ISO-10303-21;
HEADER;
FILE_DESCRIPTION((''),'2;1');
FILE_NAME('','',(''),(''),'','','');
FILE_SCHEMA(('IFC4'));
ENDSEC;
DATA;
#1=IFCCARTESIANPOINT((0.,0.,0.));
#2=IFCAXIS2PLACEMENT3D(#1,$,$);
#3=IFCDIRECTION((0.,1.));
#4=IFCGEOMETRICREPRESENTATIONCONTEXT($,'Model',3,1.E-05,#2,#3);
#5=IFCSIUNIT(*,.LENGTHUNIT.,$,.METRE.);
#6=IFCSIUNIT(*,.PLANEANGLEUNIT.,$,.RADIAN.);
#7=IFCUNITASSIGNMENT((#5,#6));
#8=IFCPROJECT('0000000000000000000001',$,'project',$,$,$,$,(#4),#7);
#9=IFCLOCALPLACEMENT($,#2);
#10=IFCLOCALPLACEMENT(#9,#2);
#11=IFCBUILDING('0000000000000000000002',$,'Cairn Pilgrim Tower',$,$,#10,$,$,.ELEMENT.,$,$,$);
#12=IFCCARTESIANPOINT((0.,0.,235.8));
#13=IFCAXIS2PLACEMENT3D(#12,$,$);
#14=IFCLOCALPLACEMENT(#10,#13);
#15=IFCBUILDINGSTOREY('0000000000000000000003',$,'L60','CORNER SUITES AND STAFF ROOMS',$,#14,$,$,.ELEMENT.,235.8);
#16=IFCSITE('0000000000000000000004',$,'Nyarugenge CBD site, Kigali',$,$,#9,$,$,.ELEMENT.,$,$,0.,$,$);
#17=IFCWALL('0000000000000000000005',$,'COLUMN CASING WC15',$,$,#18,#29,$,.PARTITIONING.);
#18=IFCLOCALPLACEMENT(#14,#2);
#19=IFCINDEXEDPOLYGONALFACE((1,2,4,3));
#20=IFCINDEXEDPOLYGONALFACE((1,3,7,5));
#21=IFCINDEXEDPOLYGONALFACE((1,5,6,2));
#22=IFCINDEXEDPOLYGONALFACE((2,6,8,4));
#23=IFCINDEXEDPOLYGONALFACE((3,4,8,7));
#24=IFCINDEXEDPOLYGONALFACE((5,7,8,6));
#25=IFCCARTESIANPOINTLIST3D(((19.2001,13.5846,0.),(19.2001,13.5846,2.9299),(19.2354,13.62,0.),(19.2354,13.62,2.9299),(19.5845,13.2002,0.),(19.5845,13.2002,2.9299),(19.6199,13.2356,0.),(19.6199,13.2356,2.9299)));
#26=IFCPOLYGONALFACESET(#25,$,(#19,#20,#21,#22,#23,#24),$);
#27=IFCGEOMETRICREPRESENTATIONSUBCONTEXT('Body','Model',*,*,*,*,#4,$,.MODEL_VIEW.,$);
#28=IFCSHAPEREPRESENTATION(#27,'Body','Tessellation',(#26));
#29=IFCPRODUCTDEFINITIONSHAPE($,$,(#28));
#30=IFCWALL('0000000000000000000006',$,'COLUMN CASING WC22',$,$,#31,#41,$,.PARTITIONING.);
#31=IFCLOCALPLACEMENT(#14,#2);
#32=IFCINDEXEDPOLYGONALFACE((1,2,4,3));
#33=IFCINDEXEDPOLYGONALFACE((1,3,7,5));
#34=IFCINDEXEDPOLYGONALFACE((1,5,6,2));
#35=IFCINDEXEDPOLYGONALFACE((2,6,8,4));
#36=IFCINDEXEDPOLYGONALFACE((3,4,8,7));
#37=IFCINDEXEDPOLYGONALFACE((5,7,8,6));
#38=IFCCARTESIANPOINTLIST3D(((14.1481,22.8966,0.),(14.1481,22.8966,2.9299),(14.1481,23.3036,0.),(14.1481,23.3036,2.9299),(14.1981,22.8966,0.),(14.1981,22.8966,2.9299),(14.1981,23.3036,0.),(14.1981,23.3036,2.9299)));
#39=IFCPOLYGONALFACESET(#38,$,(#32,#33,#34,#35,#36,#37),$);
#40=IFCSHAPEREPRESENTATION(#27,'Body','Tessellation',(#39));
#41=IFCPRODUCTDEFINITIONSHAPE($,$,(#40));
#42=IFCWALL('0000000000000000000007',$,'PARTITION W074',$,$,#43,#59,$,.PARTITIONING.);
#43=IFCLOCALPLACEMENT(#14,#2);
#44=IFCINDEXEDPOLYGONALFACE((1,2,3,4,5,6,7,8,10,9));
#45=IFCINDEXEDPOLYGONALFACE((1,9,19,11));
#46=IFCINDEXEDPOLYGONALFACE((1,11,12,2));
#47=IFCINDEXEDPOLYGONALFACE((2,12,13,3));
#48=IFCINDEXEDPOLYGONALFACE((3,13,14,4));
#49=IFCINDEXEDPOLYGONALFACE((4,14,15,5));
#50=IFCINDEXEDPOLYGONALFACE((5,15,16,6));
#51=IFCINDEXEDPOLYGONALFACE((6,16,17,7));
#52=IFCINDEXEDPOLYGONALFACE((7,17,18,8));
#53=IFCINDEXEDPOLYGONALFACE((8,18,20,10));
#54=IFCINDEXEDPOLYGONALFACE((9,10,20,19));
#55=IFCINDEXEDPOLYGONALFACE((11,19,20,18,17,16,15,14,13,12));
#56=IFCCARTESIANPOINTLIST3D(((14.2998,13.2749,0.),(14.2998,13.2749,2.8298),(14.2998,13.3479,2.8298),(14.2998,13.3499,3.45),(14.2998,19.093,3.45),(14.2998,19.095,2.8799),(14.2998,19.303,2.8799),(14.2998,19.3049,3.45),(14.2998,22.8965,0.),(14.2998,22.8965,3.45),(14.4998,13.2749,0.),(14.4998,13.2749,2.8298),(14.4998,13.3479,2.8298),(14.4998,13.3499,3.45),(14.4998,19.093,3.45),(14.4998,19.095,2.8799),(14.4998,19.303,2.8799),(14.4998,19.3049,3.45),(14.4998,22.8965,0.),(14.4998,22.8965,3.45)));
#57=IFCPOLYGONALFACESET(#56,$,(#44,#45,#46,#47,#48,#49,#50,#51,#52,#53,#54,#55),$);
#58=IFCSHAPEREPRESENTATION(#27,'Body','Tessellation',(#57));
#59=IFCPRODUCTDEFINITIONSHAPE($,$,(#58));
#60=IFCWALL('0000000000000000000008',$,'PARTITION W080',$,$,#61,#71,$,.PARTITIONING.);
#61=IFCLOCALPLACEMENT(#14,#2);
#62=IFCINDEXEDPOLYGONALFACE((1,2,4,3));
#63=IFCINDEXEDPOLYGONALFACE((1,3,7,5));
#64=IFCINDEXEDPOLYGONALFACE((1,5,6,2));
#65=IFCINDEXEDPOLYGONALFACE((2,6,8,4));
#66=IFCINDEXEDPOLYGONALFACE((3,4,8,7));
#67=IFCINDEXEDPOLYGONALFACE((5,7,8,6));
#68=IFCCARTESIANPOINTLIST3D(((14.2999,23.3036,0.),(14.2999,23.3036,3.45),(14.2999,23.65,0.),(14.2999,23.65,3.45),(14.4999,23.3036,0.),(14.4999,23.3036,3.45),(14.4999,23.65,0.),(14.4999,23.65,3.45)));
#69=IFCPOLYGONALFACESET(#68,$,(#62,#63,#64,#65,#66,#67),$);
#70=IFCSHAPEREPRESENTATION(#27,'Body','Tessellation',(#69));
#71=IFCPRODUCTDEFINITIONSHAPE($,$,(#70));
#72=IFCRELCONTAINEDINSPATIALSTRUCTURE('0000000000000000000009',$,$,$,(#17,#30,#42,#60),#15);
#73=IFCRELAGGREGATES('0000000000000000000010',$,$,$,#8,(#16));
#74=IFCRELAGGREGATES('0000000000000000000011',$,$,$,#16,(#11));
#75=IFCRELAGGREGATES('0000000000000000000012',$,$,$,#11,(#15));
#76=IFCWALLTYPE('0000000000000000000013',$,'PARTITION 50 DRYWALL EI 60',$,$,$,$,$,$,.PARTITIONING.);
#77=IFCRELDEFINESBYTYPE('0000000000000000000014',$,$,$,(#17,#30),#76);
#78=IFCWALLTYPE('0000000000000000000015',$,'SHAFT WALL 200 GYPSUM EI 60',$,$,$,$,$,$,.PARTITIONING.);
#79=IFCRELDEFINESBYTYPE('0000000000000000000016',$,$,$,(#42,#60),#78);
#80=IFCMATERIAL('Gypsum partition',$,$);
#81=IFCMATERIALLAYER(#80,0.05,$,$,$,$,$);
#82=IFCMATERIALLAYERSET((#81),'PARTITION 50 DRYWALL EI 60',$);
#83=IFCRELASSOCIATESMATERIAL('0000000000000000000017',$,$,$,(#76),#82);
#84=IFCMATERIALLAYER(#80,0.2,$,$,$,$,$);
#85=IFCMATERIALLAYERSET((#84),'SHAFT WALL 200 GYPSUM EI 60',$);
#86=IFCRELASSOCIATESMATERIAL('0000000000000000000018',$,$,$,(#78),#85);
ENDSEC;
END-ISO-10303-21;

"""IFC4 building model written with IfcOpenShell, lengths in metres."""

from ifc_helpers import new_model, si_unit, direction, frame, frame_2d, origin, place, context, subcontext, project, spatial, polyline, rectangle, outline, extrude, material, layer, layer_set, type_object, element, save


model = new_model("IFC4")

# Units and contexts
model_context = context("Model", 3, precision=1e-05, world=origin(), true_north=direction((0.0, 1.0)))
body_context = subcontext(model_context, "Body", "Model", "MODEL_VIEW")
ifc_project = project(units=[si_unit("LENGTHUNIT", "METRE"), si_unit("PLANEANGLEUNIT", "RADIAN")], contexts=[model_context])

# Site, building, storey
site_placement = place(None, origin())
site = spatial("IfcSite", under=ifc_project, at=site_placement, Name="Nyarugenge CBD site, Kigali", CompositionType="ELEMENT", RefElevation=0.0)
building_placement = place(site_placement, origin())
building = spatial("IfcBuilding", under=site, at=building_placement, Name="Cairn Pilgrim Tower", CompositionType="ELEMENT")
storey_placement = place(building_placement, frame((0.0, 0.0, 235.8)))
storey = spatial("IfcBuildingStorey", under=building, at=storey_placement, Name="L60", Description="CORNER SUITES AND STAFF ROOMS", CompositionType="ELEMENT", Elevation=235.8)

# Shared definitions
ifc_material_1 = material(Name="Gypsum partition")

# Walls
ifc_layer_1 = layer(ifc_material_1, 0.05)
ifc_layer_set_1 = layer_set([ifc_layer_1], Name="PARTITION 50 DRYWALL EI 60")
wall_type_1 = type_object("IfcWallType", Name="PARTITION 50 DRYWALL EI 60", PredefinedType="PARTITIONING", material=ifc_layer_set_1)
wall_1_placement = place(storey_placement, frame((19.6023, 13.2178, 0.0), z_axis=(0.0, 0.0, 1.0), x_axis=(-0.707107, 0.707107, 0.0)))
element("IfcWall", 1, at=wall_1_placement, inside=storey, type_object=wall_type_1, Name="COLUMN CASING WC15", PredefinedType="PARTITIONING", context=body_context, shape_type="SweptSolid", body=[
    extrude(rectangle(XDim=0.5437, YDim=0.05, at=frame_2d((0.272, 0.0))), origin(), (0.0, 0.0, 1.0), 2.9299),
])
wall_2_placement = place(storey_placement, frame((14.1731, 22.8965, 0.0), z_axis=(0.0, 0.0, 1.0), x_axis=(0.0, 1.0, 0.0)))
element("IfcWall", 2, at=wall_2_placement, inside=storey, type_object=wall_type_1, Name="COLUMN CASING WC22", PredefinedType="PARTITIONING", context=body_context, shape_type="SweptSolid", body=[
    extrude(rectangle(XDim=0.407, YDim=0.05, at=frame_2d((0.2036, 0.0))), origin(), (0.0, 0.0, 1.0), 2.9299),
])
ifc_layer_2 = layer(ifc_material_1, 0.2)
ifc_layer_set_2 = layer_set([ifc_layer_2], Name="SHAFT WALL 200 GYPSUM EI 60")
wall_type_2 = type_object("IfcWallType", Name="SHAFT WALL 200 GYPSUM EI 60", PredefinedType="PARTITIONING", material=ifc_layer_set_2)
wall_3_placement = place(storey_placement, frame((14.3999, 13.2749, 0.0), z_axis=(0.0, 0.0, 1.0), x_axis=(0.0, 1.0, 0.0)))
element("IfcWall", 3, at=wall_3_placement, inside=storey, type_object=wall_type_2, Name="PARTITION W074", PredefinedType="PARTITIONING", context=body_context, shape_type="SweptSolid", body=[
    extrude(outline(polyline([(0.0, 0.0), (9.6216, 0.0), (9.6216, 3.45), (6.03, 3.45), (6.0281, 2.8799), (5.8201, 2.8799), (5.8181, 3.45), (0.075, 3.45), (0.073, 2.8298), (0.0, 2.8298), (0.0, 0.0)])), frame((0.0, 0.1001, 0.0), z_axis=(0.0, -1.0, 0.0), x_axis=(1.0, 0.0, 0.0)), (0.0, 0.0, 1.0), 0.2),
])
wall_4_placement = place(storey_placement, frame((14.3999, 23.3035, 0.0), z_axis=(0.0, 0.0, 1.0), x_axis=(0.0, 1.0, 0.0)))
element("IfcWall", 4, at=wall_4_placement, inside=storey, type_object=wall_type_2, Name="PARTITION W080", PredefinedType="PARTITIONING", context=body_context, shape_type="SweptSolid", body=[
    extrude(rectangle(XDim=0.3464, YDim=0.2, at=frame_2d((0.1733, 0.0))), origin(), (0.0, 0.0, 1.0), 3.45),
])

save(model, "model.ifc")
